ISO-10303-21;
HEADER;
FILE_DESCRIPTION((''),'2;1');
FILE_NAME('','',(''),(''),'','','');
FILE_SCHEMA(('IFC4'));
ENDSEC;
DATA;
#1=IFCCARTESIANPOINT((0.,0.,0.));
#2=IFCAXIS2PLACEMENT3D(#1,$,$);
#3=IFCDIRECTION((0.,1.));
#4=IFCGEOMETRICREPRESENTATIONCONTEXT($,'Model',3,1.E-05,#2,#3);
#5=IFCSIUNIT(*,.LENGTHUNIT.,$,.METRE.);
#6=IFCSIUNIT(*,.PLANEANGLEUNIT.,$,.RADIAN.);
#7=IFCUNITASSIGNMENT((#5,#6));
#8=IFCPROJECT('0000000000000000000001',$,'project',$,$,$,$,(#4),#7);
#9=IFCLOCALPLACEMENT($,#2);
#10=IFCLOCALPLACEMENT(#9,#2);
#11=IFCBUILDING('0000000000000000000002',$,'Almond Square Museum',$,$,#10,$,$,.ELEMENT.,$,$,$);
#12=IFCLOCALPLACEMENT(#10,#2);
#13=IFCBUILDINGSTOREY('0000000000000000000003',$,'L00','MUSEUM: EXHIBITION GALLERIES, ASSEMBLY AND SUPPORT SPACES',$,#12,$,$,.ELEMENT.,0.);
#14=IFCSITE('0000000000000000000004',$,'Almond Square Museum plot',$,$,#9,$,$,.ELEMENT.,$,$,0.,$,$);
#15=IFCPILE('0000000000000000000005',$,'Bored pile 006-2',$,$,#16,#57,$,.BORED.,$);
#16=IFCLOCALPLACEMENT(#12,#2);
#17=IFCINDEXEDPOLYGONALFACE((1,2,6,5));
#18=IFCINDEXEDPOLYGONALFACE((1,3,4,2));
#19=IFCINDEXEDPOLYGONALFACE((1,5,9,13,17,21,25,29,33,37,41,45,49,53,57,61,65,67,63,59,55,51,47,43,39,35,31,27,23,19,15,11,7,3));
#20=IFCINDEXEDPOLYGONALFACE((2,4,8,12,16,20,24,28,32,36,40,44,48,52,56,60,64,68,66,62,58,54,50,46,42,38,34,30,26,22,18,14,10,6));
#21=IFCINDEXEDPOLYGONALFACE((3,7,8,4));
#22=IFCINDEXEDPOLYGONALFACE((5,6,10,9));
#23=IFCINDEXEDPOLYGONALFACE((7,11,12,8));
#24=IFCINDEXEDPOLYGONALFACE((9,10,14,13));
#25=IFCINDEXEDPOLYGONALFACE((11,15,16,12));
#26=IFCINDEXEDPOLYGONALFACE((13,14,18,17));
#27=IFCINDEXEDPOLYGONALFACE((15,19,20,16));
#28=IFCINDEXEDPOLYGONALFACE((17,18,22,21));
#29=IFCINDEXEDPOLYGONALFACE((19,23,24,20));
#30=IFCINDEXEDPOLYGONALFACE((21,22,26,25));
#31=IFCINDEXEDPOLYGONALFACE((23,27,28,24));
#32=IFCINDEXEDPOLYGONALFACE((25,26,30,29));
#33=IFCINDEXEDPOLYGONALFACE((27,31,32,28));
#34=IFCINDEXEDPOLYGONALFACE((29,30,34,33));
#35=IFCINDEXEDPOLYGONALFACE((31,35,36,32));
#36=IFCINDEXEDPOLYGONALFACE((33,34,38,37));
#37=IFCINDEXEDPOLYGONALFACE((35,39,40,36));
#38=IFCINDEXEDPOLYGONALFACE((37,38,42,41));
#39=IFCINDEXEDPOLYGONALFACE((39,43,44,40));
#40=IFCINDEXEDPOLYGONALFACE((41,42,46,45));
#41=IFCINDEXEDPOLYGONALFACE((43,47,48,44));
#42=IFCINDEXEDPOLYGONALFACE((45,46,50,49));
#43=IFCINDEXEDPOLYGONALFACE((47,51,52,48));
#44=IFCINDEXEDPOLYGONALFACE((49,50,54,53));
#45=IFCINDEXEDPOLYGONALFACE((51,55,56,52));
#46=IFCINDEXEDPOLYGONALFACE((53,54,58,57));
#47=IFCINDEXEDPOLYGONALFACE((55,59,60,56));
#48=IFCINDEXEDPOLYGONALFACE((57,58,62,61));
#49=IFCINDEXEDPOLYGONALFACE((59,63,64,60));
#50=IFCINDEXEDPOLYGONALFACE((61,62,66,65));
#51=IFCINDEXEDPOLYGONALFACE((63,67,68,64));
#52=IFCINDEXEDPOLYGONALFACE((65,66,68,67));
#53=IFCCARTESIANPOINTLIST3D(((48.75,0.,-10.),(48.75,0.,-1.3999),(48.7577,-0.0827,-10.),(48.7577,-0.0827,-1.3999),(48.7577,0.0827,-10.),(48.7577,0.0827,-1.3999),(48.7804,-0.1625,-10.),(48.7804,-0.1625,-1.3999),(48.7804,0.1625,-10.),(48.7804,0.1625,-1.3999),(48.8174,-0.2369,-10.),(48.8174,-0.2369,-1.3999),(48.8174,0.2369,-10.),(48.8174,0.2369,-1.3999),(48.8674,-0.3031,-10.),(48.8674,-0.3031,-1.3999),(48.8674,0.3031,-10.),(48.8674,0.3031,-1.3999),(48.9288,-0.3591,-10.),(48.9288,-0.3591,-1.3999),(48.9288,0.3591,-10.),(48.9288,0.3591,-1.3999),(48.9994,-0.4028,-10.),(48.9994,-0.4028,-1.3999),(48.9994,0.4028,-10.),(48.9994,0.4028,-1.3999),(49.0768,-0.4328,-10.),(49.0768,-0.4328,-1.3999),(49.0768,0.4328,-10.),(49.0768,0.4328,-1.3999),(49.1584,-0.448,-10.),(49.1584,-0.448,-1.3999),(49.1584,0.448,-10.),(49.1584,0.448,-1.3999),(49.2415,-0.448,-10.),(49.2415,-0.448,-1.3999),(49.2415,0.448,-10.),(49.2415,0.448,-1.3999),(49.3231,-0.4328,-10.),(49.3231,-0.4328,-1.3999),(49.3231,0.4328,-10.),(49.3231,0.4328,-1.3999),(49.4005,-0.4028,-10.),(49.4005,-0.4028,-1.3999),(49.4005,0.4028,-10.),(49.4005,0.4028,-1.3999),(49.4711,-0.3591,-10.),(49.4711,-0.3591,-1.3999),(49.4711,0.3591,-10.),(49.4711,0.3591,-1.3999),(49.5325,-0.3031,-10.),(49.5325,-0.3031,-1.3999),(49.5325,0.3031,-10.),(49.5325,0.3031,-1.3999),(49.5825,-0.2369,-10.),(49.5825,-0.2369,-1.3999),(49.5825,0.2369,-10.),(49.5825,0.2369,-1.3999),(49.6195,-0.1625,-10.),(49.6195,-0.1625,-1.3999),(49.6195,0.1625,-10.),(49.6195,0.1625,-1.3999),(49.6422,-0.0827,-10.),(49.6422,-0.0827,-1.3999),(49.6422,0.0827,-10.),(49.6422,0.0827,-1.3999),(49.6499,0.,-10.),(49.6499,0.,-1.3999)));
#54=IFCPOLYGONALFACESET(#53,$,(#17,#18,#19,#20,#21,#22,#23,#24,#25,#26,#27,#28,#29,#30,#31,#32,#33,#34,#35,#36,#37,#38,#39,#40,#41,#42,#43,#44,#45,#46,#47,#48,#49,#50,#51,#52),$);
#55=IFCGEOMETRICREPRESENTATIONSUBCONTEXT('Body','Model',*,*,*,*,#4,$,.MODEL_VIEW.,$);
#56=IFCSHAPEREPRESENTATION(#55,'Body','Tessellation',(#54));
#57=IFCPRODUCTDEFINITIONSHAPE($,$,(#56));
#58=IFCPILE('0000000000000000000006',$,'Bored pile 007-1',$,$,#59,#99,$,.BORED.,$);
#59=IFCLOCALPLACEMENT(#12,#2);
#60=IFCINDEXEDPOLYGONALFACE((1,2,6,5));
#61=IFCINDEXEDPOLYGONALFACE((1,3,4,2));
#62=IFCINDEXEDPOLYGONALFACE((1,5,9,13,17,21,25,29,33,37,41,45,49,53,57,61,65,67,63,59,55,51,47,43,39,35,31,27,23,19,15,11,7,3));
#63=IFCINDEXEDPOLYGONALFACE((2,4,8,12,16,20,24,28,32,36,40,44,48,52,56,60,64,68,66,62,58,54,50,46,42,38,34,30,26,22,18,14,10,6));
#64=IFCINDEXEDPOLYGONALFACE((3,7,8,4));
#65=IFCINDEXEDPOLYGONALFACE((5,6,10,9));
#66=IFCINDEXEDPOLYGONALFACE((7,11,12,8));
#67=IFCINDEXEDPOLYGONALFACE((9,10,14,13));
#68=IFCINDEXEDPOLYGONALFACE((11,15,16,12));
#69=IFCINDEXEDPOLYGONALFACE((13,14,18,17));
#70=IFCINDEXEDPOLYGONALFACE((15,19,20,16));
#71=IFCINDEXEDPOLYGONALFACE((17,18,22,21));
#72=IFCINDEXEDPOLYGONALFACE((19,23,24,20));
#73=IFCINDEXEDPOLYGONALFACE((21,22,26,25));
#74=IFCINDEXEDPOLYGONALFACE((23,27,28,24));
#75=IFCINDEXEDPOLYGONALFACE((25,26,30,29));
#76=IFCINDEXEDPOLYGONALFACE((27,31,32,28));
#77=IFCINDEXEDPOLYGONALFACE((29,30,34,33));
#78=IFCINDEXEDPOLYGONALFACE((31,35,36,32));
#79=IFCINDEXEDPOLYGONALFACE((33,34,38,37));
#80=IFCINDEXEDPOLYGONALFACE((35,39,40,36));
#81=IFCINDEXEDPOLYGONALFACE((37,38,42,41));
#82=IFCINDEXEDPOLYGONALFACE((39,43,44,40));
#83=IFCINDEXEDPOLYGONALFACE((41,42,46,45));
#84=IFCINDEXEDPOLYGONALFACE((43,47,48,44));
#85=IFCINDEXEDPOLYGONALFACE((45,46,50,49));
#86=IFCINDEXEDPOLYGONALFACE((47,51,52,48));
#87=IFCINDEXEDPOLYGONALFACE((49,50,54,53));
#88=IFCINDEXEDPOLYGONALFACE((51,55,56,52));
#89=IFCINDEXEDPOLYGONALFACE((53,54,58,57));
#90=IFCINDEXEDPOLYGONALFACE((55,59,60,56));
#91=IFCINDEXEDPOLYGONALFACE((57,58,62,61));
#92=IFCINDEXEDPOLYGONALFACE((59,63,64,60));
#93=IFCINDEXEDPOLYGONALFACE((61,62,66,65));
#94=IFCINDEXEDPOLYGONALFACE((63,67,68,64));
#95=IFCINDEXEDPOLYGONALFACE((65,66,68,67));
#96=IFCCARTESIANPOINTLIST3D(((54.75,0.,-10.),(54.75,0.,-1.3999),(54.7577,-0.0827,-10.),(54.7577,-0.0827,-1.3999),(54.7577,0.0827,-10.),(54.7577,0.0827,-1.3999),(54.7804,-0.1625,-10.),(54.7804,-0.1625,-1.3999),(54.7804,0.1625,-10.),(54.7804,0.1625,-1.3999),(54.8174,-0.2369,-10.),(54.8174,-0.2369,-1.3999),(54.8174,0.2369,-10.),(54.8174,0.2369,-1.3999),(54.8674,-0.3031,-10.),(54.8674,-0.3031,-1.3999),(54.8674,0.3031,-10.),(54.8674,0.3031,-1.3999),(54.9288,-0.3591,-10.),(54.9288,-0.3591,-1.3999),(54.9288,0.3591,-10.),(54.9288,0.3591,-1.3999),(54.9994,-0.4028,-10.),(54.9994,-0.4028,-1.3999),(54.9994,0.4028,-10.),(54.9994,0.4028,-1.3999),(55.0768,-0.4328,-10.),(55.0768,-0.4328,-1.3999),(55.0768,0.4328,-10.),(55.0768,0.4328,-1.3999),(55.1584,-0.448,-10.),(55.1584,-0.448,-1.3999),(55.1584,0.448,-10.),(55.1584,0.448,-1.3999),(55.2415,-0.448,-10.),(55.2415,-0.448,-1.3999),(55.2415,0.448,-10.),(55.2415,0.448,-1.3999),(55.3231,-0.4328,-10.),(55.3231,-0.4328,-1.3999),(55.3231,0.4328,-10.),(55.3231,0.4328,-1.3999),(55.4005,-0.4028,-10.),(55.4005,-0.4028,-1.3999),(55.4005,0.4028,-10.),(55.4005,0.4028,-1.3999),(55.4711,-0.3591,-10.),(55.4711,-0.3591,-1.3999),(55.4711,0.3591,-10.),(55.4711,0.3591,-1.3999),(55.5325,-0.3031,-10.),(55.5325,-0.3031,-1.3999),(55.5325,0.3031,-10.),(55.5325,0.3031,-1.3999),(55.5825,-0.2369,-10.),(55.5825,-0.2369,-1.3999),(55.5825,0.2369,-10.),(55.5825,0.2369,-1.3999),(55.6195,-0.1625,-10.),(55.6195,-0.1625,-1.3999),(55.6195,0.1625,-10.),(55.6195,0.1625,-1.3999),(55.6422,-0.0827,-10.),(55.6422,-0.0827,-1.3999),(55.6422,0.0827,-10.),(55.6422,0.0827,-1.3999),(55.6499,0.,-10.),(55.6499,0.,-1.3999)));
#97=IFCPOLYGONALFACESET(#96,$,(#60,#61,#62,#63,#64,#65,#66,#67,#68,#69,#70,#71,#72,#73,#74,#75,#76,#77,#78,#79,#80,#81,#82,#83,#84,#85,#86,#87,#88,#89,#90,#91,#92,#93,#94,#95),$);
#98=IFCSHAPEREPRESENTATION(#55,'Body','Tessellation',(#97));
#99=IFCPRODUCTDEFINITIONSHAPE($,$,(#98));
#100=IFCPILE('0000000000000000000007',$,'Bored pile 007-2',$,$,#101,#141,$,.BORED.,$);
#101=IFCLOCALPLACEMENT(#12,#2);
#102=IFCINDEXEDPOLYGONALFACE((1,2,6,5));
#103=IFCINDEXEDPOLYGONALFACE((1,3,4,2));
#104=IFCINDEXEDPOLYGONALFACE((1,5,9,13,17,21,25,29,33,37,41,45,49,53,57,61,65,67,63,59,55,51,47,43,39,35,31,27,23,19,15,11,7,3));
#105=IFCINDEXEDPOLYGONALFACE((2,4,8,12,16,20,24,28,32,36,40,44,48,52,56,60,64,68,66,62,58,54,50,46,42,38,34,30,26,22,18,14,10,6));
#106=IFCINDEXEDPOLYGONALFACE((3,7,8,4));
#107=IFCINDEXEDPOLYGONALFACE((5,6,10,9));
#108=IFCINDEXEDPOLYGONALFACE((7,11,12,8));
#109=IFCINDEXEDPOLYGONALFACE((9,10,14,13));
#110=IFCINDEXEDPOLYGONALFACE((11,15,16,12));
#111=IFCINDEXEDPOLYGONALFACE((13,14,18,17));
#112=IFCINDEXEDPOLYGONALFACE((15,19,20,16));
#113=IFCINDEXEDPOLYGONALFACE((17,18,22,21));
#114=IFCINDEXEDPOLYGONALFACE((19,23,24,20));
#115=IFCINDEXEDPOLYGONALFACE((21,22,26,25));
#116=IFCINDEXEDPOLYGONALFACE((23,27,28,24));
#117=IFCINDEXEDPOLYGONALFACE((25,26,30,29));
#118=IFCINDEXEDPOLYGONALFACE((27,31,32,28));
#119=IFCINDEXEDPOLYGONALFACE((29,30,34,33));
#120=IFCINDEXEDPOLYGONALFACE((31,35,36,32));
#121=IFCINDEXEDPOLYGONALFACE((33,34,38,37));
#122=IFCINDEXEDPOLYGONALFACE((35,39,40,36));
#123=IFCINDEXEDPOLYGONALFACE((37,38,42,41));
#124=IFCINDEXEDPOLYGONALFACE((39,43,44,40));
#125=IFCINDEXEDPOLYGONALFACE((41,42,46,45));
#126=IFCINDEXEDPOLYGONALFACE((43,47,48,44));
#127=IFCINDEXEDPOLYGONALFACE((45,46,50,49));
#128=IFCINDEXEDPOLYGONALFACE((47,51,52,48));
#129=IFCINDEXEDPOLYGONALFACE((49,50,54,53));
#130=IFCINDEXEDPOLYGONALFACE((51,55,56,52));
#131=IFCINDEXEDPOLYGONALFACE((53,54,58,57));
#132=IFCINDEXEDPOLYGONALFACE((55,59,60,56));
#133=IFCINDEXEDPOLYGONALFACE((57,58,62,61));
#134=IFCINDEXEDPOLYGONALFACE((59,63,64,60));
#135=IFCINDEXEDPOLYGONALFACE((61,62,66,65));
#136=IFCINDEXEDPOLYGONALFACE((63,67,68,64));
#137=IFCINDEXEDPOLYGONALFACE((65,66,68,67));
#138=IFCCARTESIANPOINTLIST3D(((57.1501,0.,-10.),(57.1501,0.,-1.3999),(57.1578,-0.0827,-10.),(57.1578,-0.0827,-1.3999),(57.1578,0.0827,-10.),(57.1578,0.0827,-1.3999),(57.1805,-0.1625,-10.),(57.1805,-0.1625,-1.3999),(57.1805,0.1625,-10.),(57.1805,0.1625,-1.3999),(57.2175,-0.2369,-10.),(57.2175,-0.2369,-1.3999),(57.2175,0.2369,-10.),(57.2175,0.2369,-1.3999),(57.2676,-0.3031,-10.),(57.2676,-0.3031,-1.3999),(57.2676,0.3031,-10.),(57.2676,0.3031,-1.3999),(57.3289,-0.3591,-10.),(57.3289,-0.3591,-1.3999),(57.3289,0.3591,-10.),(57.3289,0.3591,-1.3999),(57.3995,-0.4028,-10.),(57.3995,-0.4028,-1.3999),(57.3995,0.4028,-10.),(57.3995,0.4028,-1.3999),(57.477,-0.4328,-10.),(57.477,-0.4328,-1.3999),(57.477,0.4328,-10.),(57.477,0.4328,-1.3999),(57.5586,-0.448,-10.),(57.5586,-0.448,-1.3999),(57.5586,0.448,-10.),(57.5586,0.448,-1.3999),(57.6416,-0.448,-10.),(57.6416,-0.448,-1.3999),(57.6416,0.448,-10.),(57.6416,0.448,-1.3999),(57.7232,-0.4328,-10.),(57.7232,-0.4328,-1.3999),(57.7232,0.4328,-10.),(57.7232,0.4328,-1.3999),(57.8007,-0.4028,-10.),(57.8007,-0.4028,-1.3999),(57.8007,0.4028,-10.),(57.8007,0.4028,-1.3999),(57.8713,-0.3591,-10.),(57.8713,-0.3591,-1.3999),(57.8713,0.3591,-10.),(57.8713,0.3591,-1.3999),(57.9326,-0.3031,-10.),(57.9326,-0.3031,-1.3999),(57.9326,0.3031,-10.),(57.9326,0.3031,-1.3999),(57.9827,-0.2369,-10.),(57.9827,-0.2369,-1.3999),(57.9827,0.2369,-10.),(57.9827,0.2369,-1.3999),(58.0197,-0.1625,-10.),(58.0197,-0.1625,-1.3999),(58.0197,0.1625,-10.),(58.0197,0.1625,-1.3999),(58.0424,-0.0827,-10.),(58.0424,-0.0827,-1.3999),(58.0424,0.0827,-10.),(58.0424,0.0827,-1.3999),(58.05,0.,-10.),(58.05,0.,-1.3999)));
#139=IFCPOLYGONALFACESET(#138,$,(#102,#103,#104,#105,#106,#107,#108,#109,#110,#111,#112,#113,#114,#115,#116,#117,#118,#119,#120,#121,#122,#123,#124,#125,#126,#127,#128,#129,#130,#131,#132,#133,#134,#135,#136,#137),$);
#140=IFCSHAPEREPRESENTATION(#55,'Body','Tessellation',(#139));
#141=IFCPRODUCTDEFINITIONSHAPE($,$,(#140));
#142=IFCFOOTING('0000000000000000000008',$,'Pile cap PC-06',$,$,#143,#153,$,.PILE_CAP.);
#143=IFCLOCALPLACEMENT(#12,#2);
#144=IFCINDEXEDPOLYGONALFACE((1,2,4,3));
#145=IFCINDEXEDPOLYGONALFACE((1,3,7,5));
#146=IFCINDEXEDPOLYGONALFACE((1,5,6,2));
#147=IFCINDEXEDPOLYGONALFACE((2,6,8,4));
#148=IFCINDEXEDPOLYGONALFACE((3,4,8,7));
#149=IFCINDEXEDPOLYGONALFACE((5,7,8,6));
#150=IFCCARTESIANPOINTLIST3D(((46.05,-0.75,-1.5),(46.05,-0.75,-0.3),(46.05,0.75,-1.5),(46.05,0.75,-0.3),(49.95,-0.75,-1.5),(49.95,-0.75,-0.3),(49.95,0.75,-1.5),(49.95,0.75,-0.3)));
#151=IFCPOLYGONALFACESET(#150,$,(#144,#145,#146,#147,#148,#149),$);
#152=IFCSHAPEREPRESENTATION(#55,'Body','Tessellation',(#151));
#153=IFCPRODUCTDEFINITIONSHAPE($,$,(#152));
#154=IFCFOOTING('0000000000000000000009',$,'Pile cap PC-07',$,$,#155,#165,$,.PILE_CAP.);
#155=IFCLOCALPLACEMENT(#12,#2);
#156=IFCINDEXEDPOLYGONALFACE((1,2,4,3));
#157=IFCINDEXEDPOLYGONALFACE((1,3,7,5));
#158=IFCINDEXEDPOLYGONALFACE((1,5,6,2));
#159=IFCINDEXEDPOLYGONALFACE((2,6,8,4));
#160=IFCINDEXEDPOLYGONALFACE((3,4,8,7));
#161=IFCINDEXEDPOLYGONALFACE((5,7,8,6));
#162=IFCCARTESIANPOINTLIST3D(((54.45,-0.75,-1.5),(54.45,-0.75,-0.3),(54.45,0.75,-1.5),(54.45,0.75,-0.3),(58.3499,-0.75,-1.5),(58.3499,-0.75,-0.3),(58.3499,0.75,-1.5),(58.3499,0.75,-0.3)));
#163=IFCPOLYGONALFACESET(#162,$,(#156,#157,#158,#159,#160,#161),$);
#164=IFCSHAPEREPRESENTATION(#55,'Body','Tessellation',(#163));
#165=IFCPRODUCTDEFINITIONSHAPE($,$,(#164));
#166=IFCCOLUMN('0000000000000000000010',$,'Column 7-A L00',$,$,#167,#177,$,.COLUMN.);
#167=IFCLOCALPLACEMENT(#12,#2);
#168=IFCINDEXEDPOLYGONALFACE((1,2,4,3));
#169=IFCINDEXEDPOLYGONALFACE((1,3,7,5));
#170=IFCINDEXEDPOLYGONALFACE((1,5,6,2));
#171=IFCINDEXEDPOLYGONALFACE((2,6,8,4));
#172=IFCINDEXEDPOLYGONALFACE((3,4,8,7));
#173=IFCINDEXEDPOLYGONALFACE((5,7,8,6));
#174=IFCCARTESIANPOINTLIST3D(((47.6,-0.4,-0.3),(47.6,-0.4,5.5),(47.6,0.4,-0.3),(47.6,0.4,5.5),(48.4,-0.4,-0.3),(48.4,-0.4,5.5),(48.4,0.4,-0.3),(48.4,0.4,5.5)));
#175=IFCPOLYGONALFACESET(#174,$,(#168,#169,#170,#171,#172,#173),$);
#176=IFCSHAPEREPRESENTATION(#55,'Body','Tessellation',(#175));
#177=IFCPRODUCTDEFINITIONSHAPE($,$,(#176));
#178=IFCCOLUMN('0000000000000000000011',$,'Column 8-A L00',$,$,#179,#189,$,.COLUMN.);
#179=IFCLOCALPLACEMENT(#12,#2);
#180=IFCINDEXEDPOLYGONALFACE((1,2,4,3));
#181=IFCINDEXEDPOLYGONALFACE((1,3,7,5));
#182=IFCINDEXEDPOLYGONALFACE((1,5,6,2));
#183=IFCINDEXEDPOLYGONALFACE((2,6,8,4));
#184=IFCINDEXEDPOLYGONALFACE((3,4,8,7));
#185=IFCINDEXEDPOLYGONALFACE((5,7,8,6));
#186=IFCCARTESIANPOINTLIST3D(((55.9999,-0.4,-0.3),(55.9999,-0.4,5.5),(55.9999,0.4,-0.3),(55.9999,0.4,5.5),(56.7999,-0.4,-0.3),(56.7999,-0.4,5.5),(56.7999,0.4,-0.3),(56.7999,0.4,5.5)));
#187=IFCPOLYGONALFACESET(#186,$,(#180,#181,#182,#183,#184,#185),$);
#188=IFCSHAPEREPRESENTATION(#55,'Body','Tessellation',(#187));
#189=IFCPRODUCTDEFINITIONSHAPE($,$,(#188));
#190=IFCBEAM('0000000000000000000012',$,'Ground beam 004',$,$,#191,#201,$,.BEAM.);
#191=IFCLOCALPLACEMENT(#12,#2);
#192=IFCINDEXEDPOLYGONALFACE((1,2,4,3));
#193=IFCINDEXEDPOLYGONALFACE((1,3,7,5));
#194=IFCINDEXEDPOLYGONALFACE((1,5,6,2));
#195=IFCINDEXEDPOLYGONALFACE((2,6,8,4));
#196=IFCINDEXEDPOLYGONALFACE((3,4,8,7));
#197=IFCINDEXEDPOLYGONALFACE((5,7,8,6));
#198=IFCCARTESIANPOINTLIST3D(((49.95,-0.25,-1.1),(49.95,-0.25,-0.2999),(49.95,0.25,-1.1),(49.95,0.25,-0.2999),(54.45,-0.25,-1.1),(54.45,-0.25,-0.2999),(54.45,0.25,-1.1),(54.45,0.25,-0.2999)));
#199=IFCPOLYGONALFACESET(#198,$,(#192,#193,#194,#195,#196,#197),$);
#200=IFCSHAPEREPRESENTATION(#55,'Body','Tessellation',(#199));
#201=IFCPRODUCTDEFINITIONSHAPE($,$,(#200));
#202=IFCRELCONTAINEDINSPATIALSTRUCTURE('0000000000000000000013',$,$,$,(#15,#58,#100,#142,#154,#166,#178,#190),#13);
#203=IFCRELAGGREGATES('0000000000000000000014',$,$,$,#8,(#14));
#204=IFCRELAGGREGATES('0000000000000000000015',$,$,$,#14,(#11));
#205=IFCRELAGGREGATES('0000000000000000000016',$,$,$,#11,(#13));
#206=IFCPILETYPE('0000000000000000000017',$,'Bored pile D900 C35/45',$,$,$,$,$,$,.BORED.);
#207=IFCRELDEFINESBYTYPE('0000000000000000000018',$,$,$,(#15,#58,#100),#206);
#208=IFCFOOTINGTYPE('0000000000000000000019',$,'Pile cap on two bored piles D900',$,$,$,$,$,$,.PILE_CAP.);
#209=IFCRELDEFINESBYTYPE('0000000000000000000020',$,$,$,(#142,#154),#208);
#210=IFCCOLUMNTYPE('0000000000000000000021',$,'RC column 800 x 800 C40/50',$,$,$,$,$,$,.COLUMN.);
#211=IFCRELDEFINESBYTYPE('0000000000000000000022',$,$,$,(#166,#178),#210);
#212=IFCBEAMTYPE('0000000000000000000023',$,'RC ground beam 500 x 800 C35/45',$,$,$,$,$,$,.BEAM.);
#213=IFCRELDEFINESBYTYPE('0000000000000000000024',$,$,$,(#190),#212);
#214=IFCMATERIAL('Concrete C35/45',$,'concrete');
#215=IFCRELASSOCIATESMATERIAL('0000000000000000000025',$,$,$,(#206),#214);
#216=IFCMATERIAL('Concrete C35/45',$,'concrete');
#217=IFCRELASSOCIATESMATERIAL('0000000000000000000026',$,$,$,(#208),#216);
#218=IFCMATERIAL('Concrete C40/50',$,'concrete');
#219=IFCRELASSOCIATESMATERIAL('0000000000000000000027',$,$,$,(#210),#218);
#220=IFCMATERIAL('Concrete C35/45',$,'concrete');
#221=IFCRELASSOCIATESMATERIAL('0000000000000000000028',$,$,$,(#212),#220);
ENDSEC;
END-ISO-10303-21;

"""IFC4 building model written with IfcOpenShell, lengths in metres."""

from ifc_helpers import new_model, si_unit, direction, frame, origin, origin_2d, place, context, subcontext, project, spatial, rectangle, circle, extrude, material, material_profile, profile_set, type_object, element, save


model = new_model("IFC4")

# Units and contexts
model_context = context("Model", 3, precision=1e-05, world=origin(), true_north=direction((0.0, 1.0)))
body_context = subcontext(model_context, "Body", "Model", "MODEL_VIEW")
ifc_project = project(units=[si_unit("LENGTHUNIT", "METRE"), si_unit("PLANEANGLEUNIT", "RADIAN")], contexts=[model_context])

# Site, building, storey
site_placement = place(None, origin())
site = spatial("IfcSite", under=ifc_project, at=site_placement, Name="Almond Square Museum plot", CompositionType="ELEMENT", RefElevation=0.0)
building_placement = place(site_placement, origin())
building = spatial("IfcBuilding", under=site, at=building_placement, Name="Almond Square Museum", CompositionType="ELEMENT")
storey_placement = place(building_placement, origin())
storey = spatial("IfcBuildingStorey", under=building, at=storey_placement, Name="L00", Description="MUSEUM: EXHIBITION GALLERIES, ASSEMBLY AND SUPPORT SPACES", CompositionType="ELEMENT", Elevation=0.0)

# Piles
ifc_material_1 = material(Name="Concrete C35/45", Category="concrete")
ifc_material_profile_1 = material_profile(ifc_material_1, circle(Radius=0.45, at=origin_2d()))
ifc_profile_set_1 = profile_set([ifc_material_profile_1], Name="Concrete C35/45")
pile_type = type_object("IfcPileType", Name="Bored pile D900 C35/45", PredefinedType="BORED", material=ifc_profile_set_1)
for number, where, z_axis, x_axis, name in (
    (1, (49.2, 0.0, -1.3999), (0.0, 0.0, -1.0), (1.0, 0.0, 0.0), "Bored pile 006-2"),
    (2, (55.2, 0.0, -1.3999), (0.0, 0.0, -1.0), (1.0, 0.0, 0.0), "Bored pile 007-1"),
    (3, (57.6001, 0.0, -1.3999), (0.0, 0.0, -1.0), (1.0, 0.0, 0.0), "Bored pile 007-2"),
):
    element("IfcPile", number, at=place(storey_placement, frame(where, z_axis=z_axis, x_axis=x_axis)), inside=storey, type_object=pile_type, Name=name, PredefinedType="BORED", context=body_context, shape_type="SweptSolid", body=[
        extrude(circle(Radius=0.45, at=origin_2d()), origin(), (0.0, 0.0, 1.0), 8.6001),
    ])

# Footings
ifc_material_2 = material(Name="Concrete C35/45", Category="concrete")
footing_type = type_object("IfcFootingType", Name="Pile cap on two bored piles D900", PredefinedType="PILE_CAP", material=ifc_material_2)
for number, where, z_axis, x_axis, name in (
    (4, (48.0, 0.0, -1.5), (0.0, 0.0, 1.0), (1.0, 0.0, 0.0), "Pile cap PC-06"),
    (5, (56.3999, 0.0, -1.5), (0.0, 0.0, 1.0), (1.0, 0.0, 0.0), "Pile cap PC-07"),
):
    element("IfcFooting", number, at=place(storey_placement, frame(where, z_axis=z_axis, x_axis=x_axis)), inside=storey, type_object=footing_type, Name=name, PredefinedType="PILE_CAP", context=body_context, shape_type="SweptSolid", body=[
        extrude(rectangle(XDim=3.8999, YDim=1.5, at=origin_2d()), origin(), (0.0, 0.0, 1.0), 1.2),
    ])

# Columns
ifc_material_3 = material(Name="Concrete C40/50", Category="concrete")
ifc_material_profile_2 = material_profile(ifc_material_3, rectangle(XDim=0.8, YDim=0.8, at=origin_2d()))
ifc_profile_set_2 = profile_set([ifc_material_profile_2], Name="Concrete C40/50")
column_type = type_object("IfcColumnType", Name="RC column 800 x 800 C40/50", PredefinedType="COLUMN", material=ifc_profile_set_2)
for number, where, z_axis, x_axis, name in (
    (6, (48.0, 0.0, -0.3), (0.0, 0.0, 1.0), (1.0, 0.0, 0.0), "Column 7-A L00"),
    (7, (56.3999, 0.0, -0.3), (0.0, 0.0, 1.0), (1.0, 0.0, 0.0), "Column 8-A L00"),
):
    element("IfcColumn", number, at=place(storey_placement, frame(where, z_axis=z_axis, x_axis=x_axis)), inside=storey, type_object=column_type, Name=name, PredefinedType="COLUMN", context=body_context, shape_type="SweptSolid", body=[
        extrude(rectangle(XDim=0.8, YDim=0.8, at=origin_2d()), origin(), (0.0, 0.0, 1.0), 5.8),
    ])

# Beam
ifc_material_4 = material(Name="Concrete C35/45", Category="concrete")
ifc_material_profile_3 = material_profile(ifc_material_4, rectangle(XDim=0.5, YDim=0.8, at=origin_2d()))
ifc_profile_set_3 = profile_set([ifc_material_profile_3], Name="Concrete C35/45")
beam_type = type_object("IfcBeamType", Name="RC ground beam 500 x 800 C35/45", PredefinedType="BEAM", material=ifc_profile_set_3)
for number, where, z_axis, x_axis, name in (
    (8, (49.95, 0.0, -0.7), (1.0, 0.0, 0.0), (0.0, 1.0, 0.0), "Ground beam 004"),
):
    element("IfcBeam", number, at=place(storey_placement, frame(where, z_axis=z_axis, x_axis=x_axis)), inside=storey, type_object=beam_type, Name=name, PredefinedType="BEAM", context=body_context, shape_type="SweptSolid", body=[
        extrude(rectangle(XDim=0.5, YDim=0.8, at=origin_2d()), origin(), (0.0, 0.0, 1.0), 4.5),
    ])

save(model, "model.ifc")
